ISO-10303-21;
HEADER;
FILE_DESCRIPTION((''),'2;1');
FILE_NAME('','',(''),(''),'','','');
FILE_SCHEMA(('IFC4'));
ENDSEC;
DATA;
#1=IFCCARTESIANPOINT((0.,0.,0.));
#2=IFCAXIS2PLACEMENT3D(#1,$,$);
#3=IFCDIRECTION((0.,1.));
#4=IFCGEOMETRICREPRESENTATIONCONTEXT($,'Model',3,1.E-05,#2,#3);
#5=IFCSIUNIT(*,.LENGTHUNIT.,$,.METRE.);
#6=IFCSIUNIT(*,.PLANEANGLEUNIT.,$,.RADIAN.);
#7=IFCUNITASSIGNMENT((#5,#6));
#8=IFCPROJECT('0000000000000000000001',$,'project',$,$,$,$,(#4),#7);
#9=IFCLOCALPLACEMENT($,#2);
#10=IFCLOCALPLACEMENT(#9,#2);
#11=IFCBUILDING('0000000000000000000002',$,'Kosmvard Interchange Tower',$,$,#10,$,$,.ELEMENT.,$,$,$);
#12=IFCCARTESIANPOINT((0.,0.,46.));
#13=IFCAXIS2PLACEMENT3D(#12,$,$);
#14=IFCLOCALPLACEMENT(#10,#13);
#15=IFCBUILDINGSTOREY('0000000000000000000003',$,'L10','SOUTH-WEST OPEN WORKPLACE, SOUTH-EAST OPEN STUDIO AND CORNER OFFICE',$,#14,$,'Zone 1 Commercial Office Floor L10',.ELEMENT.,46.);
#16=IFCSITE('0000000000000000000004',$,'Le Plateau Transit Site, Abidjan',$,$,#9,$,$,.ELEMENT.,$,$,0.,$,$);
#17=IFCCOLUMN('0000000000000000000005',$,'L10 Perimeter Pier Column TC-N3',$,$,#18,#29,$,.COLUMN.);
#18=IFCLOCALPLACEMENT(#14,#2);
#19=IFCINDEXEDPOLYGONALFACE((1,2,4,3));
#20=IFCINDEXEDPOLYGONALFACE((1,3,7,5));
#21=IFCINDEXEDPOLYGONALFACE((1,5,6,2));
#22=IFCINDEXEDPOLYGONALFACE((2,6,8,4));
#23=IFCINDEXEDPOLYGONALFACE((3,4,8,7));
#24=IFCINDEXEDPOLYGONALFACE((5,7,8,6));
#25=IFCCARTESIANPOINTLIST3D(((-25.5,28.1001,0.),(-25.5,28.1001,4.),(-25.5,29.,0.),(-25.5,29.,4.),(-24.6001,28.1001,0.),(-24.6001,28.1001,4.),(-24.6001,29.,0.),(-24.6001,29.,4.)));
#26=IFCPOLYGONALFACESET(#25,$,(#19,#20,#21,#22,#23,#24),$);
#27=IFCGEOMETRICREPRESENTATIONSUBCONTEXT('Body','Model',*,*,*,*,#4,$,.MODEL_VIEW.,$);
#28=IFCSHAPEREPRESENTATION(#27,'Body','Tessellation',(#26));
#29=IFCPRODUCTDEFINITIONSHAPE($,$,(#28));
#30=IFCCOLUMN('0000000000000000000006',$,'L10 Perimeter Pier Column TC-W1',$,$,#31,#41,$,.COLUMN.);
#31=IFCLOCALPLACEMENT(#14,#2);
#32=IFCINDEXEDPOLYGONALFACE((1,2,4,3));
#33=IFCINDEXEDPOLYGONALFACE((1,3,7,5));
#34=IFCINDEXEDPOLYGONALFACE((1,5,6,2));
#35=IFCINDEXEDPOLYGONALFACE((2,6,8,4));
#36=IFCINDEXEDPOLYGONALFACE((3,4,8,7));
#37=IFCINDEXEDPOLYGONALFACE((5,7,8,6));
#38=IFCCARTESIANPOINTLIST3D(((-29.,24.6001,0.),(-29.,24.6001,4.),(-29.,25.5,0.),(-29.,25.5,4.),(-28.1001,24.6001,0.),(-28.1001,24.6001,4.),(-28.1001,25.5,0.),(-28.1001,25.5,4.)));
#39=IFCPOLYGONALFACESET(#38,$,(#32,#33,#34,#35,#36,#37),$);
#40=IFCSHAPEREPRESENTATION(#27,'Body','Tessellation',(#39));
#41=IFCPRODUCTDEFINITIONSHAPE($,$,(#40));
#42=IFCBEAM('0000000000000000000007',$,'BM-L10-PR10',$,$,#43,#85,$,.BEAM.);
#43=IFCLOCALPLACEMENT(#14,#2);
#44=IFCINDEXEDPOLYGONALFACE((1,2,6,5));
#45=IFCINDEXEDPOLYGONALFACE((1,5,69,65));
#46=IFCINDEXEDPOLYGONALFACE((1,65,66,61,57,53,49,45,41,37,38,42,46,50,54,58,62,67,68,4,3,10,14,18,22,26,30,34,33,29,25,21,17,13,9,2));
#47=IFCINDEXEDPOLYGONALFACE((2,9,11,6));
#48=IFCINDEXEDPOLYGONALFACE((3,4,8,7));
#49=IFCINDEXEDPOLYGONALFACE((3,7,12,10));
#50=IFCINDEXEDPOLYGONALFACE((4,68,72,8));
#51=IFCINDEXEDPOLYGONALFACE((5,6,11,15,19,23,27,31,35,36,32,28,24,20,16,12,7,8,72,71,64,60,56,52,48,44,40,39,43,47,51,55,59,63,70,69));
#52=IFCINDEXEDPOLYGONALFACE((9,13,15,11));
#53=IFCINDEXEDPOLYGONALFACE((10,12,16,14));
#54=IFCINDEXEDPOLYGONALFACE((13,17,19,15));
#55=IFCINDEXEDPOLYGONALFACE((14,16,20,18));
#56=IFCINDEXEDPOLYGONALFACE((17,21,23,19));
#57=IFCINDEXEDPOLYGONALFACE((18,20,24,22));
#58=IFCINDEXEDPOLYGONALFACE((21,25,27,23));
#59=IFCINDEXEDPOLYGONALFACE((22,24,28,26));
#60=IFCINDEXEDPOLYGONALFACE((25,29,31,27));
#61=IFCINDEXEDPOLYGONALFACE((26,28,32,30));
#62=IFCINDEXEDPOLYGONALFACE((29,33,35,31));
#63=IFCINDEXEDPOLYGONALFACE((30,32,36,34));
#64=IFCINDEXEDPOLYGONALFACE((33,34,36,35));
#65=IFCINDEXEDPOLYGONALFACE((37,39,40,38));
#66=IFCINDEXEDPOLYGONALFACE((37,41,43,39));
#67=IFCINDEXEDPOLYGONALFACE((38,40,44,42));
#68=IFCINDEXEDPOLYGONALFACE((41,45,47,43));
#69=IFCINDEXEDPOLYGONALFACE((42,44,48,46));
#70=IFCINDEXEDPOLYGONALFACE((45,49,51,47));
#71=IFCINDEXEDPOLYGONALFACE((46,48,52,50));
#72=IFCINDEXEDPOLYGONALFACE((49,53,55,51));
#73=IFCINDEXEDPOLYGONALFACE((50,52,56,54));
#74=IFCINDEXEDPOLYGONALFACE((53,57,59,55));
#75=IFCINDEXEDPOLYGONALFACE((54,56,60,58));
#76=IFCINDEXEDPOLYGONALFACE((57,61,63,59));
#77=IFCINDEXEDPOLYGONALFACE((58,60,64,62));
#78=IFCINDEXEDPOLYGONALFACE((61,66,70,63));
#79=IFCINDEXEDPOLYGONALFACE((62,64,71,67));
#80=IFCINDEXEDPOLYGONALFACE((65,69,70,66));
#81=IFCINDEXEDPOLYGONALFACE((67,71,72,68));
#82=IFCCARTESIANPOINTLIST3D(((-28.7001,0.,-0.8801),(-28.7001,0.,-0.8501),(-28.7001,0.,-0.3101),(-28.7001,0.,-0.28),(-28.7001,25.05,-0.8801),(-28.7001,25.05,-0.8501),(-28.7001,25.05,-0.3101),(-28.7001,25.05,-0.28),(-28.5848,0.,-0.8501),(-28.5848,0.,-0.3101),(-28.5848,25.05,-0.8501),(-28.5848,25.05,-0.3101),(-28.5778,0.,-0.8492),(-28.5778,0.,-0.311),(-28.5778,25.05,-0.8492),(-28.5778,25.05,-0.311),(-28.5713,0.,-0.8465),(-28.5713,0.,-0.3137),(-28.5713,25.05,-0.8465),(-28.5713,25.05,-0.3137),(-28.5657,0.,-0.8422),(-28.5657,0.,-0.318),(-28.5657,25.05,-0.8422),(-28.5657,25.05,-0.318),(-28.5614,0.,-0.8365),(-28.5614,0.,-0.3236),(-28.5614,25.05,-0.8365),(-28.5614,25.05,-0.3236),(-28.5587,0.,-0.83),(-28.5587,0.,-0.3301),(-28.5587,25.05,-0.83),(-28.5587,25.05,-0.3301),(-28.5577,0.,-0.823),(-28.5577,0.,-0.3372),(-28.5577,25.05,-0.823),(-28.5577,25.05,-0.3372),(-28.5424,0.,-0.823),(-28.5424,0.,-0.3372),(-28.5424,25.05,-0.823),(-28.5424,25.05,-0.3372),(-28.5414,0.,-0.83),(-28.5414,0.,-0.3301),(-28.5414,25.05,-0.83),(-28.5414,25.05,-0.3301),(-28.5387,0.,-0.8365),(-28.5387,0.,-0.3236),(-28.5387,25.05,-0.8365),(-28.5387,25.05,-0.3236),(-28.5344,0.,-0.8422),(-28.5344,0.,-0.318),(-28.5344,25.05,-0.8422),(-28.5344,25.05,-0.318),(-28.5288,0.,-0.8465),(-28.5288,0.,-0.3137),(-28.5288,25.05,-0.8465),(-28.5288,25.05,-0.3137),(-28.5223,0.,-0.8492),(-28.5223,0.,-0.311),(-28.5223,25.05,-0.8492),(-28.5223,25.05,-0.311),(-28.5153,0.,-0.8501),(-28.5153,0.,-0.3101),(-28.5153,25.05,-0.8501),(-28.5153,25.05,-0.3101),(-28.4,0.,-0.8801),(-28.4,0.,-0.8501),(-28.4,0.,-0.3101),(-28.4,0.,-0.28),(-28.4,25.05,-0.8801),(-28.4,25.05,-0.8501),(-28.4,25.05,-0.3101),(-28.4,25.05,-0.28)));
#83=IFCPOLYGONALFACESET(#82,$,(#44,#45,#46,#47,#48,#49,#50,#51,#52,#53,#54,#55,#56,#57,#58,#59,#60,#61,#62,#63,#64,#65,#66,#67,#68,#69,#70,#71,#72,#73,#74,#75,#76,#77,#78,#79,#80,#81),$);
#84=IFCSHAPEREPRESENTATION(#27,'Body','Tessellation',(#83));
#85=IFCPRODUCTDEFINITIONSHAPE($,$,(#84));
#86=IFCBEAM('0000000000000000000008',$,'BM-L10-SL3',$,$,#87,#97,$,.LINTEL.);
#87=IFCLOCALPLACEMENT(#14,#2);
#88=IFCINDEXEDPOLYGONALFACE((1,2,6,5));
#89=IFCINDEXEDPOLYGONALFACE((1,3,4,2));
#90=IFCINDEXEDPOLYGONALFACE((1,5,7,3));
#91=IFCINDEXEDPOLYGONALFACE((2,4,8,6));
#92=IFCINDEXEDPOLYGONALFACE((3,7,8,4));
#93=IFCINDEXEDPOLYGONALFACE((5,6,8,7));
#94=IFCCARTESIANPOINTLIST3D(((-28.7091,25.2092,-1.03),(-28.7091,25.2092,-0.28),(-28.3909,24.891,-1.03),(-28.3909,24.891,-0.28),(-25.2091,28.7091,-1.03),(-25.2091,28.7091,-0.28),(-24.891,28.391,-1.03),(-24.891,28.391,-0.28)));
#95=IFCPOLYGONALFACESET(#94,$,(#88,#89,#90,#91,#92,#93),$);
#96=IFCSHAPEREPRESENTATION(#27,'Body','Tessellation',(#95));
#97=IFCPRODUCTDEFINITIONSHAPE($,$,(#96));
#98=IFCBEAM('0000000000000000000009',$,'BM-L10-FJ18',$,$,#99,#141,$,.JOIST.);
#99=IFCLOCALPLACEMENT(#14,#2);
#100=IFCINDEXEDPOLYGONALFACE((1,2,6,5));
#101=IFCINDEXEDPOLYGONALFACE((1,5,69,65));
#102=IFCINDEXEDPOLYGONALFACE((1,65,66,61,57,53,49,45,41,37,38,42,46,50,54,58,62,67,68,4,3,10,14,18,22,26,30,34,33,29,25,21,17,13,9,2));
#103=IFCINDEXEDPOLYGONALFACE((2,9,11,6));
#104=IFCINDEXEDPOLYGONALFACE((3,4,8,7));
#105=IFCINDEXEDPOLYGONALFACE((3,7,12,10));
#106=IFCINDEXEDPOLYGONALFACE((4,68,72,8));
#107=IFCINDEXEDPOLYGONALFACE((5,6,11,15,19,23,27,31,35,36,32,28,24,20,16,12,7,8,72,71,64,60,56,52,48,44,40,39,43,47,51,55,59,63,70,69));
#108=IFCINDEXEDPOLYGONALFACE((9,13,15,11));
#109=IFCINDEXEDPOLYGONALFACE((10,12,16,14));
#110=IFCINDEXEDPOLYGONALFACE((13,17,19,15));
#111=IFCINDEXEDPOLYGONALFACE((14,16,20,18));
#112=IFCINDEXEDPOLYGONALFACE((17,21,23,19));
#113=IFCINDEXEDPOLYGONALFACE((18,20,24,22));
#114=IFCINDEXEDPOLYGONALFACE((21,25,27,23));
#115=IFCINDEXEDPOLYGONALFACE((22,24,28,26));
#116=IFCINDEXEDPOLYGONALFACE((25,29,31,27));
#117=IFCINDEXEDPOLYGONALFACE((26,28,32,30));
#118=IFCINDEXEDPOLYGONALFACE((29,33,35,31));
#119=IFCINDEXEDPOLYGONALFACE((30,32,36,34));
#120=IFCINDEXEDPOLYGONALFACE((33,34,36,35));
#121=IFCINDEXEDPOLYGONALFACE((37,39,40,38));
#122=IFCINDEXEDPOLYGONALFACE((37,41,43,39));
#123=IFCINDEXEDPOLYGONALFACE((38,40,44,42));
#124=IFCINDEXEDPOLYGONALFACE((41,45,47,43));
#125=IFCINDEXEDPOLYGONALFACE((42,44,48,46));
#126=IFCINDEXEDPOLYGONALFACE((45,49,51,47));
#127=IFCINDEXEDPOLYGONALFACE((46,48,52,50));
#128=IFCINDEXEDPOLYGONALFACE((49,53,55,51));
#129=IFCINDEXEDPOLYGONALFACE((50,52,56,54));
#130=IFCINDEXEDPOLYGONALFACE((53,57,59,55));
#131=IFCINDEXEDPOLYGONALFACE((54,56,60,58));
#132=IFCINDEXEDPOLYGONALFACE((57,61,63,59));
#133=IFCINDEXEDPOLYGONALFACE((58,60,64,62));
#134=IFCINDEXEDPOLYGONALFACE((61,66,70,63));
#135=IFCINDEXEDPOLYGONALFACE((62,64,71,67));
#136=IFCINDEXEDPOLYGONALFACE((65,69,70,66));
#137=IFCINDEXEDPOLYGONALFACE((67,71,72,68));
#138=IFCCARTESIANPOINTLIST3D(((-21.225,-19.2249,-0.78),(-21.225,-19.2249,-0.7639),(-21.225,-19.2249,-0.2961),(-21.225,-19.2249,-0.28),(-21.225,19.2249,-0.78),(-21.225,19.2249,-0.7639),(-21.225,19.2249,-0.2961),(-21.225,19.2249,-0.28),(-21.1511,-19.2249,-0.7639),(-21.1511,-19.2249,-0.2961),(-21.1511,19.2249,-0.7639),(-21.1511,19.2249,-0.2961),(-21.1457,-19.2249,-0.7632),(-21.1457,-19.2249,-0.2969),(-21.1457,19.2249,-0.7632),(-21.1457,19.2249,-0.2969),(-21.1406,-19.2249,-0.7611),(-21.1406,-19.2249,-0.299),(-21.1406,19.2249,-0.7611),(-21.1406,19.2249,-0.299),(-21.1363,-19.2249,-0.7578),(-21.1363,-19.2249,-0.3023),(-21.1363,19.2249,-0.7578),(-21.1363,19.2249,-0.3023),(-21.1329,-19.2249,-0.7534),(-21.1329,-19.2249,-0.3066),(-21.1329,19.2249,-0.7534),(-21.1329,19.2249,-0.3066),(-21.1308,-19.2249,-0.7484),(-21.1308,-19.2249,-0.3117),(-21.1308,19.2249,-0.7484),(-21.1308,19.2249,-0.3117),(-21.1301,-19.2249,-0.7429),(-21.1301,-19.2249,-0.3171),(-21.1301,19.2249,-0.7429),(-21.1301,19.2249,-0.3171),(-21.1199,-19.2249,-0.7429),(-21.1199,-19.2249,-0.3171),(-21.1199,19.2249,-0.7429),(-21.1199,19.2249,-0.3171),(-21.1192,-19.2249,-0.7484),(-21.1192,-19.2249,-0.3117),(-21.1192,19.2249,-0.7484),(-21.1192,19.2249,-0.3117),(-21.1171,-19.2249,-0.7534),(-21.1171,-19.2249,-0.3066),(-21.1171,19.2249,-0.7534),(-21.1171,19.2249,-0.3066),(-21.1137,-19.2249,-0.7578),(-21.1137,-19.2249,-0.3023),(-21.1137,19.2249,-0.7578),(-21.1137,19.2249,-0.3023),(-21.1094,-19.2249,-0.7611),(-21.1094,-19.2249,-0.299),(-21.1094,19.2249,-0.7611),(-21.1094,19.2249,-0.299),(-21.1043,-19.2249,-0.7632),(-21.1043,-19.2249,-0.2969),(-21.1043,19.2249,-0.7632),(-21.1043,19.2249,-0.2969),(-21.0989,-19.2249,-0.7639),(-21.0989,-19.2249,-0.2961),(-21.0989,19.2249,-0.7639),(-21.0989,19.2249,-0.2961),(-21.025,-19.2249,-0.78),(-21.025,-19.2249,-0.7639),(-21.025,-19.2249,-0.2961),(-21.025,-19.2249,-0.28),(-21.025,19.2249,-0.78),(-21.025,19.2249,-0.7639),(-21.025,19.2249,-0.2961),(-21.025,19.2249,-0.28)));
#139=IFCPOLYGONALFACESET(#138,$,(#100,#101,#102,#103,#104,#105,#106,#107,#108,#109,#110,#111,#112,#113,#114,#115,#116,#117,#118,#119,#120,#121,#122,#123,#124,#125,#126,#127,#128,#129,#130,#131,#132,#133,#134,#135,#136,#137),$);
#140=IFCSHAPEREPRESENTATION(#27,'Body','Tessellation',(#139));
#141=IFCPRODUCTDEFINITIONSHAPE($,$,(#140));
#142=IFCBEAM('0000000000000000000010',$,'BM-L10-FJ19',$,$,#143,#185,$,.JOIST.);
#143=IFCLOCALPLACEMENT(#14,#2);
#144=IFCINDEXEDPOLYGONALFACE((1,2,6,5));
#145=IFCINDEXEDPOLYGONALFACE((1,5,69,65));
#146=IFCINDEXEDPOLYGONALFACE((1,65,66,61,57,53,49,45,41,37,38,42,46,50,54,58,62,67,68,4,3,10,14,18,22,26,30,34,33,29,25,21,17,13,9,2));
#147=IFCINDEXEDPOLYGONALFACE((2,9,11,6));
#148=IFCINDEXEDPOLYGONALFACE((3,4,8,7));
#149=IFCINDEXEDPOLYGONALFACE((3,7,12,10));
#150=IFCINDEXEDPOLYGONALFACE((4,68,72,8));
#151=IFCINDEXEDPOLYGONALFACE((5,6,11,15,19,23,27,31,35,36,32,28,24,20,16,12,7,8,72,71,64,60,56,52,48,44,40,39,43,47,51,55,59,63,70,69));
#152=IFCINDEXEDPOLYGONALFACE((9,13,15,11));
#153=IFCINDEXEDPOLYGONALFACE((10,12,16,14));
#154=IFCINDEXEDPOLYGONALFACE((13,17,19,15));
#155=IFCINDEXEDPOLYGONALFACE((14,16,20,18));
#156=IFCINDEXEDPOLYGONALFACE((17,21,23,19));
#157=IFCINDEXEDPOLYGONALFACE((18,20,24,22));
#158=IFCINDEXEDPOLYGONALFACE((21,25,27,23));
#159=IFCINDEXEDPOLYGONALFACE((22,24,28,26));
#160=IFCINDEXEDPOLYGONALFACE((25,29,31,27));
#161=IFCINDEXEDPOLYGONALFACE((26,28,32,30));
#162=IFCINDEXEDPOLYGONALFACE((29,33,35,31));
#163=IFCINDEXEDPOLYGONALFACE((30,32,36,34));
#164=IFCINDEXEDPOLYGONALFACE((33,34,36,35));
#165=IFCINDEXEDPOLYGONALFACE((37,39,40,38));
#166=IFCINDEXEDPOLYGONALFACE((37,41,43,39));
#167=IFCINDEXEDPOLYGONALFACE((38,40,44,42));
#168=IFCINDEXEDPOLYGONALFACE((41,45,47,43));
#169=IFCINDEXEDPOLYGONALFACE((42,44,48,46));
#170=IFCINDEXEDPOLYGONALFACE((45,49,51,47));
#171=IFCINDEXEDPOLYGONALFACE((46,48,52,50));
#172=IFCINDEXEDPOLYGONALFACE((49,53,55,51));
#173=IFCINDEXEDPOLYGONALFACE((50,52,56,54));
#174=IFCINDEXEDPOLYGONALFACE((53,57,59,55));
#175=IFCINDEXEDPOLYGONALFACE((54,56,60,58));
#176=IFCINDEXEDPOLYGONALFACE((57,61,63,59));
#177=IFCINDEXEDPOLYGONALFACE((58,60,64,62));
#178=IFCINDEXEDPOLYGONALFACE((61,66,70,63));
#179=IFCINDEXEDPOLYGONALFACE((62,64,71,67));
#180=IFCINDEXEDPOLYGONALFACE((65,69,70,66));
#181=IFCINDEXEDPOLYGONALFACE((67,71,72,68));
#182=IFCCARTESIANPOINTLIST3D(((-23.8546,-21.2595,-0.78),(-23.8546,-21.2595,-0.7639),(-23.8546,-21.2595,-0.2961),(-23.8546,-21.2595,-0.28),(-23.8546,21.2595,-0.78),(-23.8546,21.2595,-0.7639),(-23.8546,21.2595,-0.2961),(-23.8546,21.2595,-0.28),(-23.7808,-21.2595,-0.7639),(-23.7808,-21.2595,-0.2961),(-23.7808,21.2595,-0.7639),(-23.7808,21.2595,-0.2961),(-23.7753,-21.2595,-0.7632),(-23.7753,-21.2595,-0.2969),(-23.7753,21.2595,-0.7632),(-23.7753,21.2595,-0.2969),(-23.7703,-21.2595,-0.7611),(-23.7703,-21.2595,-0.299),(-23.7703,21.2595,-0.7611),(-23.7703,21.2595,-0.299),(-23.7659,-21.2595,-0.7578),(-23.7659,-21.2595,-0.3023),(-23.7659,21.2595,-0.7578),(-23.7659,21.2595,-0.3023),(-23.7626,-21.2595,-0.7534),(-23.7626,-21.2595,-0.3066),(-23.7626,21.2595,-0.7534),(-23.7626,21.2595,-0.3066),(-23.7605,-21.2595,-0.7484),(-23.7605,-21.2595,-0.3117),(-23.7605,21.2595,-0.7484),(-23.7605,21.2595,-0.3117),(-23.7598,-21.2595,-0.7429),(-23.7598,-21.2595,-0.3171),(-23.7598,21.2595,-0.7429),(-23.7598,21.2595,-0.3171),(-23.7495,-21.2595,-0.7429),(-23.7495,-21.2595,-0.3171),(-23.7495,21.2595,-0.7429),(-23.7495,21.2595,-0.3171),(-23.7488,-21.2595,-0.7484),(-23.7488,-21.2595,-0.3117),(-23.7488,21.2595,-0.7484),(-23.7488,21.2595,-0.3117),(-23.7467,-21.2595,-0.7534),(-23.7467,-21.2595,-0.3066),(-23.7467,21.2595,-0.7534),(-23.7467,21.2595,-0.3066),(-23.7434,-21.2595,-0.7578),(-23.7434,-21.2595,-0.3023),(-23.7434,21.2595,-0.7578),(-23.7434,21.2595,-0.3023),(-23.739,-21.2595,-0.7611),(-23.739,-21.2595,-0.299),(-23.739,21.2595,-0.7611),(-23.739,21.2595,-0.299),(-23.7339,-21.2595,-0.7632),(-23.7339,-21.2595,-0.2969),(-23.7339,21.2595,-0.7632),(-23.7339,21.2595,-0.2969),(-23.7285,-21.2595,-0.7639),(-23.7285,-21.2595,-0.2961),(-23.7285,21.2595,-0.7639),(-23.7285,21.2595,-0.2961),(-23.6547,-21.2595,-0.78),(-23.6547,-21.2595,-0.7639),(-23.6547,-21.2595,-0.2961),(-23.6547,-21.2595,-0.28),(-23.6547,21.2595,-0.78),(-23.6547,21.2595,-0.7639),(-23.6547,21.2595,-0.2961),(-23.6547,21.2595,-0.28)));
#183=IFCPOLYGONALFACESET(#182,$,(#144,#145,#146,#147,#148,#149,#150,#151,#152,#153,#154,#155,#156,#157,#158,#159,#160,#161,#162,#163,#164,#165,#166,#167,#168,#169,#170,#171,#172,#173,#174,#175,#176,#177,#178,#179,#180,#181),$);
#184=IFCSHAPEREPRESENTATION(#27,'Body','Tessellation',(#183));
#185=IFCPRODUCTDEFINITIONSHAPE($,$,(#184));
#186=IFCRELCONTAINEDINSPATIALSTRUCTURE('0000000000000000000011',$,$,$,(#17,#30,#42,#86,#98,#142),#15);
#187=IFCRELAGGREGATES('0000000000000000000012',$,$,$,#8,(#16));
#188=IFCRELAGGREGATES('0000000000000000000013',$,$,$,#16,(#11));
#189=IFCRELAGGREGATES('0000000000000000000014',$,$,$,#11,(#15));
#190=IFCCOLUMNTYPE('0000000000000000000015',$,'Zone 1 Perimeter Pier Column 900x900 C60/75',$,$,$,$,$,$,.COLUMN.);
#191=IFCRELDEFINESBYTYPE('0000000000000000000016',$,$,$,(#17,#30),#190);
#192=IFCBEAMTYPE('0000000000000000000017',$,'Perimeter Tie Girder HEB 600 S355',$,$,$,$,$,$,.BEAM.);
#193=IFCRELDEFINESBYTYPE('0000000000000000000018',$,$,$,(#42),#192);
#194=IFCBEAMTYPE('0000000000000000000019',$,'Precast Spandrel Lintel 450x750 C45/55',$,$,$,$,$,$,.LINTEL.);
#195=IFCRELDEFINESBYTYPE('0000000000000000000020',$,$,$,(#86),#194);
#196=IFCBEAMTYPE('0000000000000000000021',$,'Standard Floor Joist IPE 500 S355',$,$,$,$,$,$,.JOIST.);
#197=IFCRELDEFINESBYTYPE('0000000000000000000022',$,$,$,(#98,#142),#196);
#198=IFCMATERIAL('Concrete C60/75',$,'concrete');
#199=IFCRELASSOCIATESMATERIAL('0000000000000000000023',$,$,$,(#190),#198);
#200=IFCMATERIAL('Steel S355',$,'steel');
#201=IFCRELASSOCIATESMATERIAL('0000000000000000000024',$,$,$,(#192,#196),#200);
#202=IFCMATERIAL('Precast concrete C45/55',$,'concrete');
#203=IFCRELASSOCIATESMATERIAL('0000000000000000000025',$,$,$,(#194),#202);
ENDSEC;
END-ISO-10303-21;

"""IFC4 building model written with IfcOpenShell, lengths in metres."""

from ifc_helpers import new_model, si_unit, direction, frame, origin, origin_2d, place, context, subcontext, project, spatial, rectangle, i_section, extrude, source, transform, mapped, material, material_profile, profile_set, type_object, element, save


model = new_model("IFC4")

# Units and contexts
model_context = context("Model", 3, precision=1e-05, world=origin(), true_north=direction((0.0, 1.0)))
body_context = subcontext(model_context, "Body", "Model", "MODEL_VIEW")
ifc_project = project(units=[si_unit("LENGTHUNIT", "METRE"), si_unit("PLANEANGLEUNIT", "RADIAN")], contexts=[model_context])

# Site, building, storey
site_placement = place(None, origin())
site = spatial("IfcSite", under=ifc_project, at=site_placement, Name="Le Plateau Transit Site, Abidjan", CompositionType="ELEMENT", RefElevation=0.0)
building_placement = place(site_placement, origin())
building = spatial("IfcBuilding", under=site, at=building_placement, Name="Kosmvard Interchange Tower", CompositionType="ELEMENT")
storey_placement = place(building_placement, frame((0.0, 0.0, 46.0)))
storey = spatial("IfcBuildingStorey", under=building, at=storey_placement, Name="L10", Description="SOUTH-WEST OPEN WORKPLACE, SOUTH-EAST OPEN STUDIO AND CORNER OFFICE", LongName="Zone 1 Commercial Office Floor L10", CompositionType="ELEMENT", Elevation=46.0)

# Columns
ifc_material_1 = material(Name="Concrete C60/75", Category="concrete")
ifc_material_profile_1 = material_profile(ifc_material_1, rectangle(XDim=0.8999, YDim=0.8999, at=origin_2d()), Name="TC 900x900")
ifc_profile_set_1 = profile_set([ifc_material_profile_1], Name="Concrete C60/75")
column_type = type_object("IfcColumnType", Name="Zone 1 Perimeter Pier Column 900x900 C60/75", PredefinedType="COLUMN", material=ifc_profile_set_1)
shared_shape_1 = source(origin(), body_context, "Body", "SweptSolid", [
    extrude(rectangle(XDim=0.8999, YDim=0.8999, at=origin_2d()), origin(), (0.0, 0.0, 1.0), 4.0),
])
for number, where, z_axis, x_axis, name in (
    (1, (-25.05, 28.55, 0.0), (0.0, 0.0, 1.0), (1.0, 0.0, 0.0), "L10 Perimeter Pier Column TC-N3"),
    (2, (-28.55, 25.05, 0.0), (0.0, 0.0, 1.0), (1.0, 0.0, 0.0), "L10 Perimeter Pier Column TC-W1"),
):
    element("IfcColumn", number, at=place(storey_placement, frame(where, z_axis=z_axis, x_axis=x_axis)), inside=storey, type_object=column_type, Name=name, PredefinedType="COLUMN", context=body_context, shape_type="MappedRepresentation", body=[
        mapped(shared_shape_1, transform((0.0, 0.0, 0.0), scale=1.0)),
    ])

# Beams
ifc_material_2 = material(Name="Steel S355", Category="steel")
ifc_material_profile_2 = material_profile(ifc_material_2, i_section(OverallWidth=0.3, OverallDepth=0.6001, WebThickness=0.0154, FlangeThickness=0.03, FilletRadius=0.0271, at=origin_2d()), Name="HEB 600")
ifc_profile_set_2 = profile_set([ifc_material_profile_2], Name="Steel S355")
beam_type_1 = type_object("IfcBeamType", Name="Perimeter Tie Girder HEB 600 S355", PredefinedType="BEAM", material=ifc_profile_set_2)
shared_shape_2 = source(origin(), body_context, "Body", "SweptSolid", [
    extrude(i_section(OverallWidth=0.3, OverallDepth=0.6001, WebThickness=0.0154, FlangeThickness=0.03, FilletRadius=0.0271, at=origin_2d()), origin(), (0.0, 0.0, 1.0), 25.05),
])
beam_1_placement = place(storey_placement, frame((-28.55, 25.05, -0.5801), z_axis=(0.0, -1.0, 0.0), x_axis=(1.0, 0.0, 0.0)))
element("IfcBeam", 3, at=beam_1_placement, inside=storey, type_object=beam_type_1, Name="BM-L10-PR10", PredefinedType="BEAM", context=body_context, shape_type="MappedRepresentation", body=[
    mapped(shared_shape_2, transform((0.0, 0.0, 0.0), scale=1.0)),
])
ifc_material_3 = material(Name="Precast concrete C45/55", Category="concrete")
ifc_material_profile_3 = material_profile(ifc_material_3, rectangle(XDim=0.45, YDim=0.75, at=origin_2d()), Name="SL 450x750")
ifc_profile_set_3 = profile_set([ifc_material_profile_3], Name="Precast concrete C45/55")
beam_type_2 = type_object("IfcBeamType", Name="Precast Spandrel Lintel 450x750 C45/55", PredefinedType="LINTEL", material=ifc_profile_set_3)
shared_shape_3 = source(origin(), body_context, "Body", "SweptSolid", [
    extrude(rectangle(XDim=0.45, YDim=0.75, at=origin_2d()), origin(), (0.0, 0.0, 1.0), 4.9497),
])
beam_2_placement = place(storey_placement, frame((-25.05, 28.55, -0.655), z_axis=(-0.707107, -0.707107, 0.0), x_axis=(0.707107, -0.707107, 0.0)))
element("IfcBeam", 4, at=beam_2_placement, inside=storey, type_object=beam_type_2, Name="BM-L10-SL3", PredefinedType="LINTEL", context=body_context, shape_type="MappedRepresentation", body=[
    mapped(shared_shape_3, transform((0.0, 0.0, 0.0), scale=1.0)),
])
ifc_material_profile_4 = material_profile(ifc_material_2, i_section(OverallWidth=0.2, OverallDepth=0.5, WebThickness=0.0103, FlangeThickness=0.0161, FilletRadius=0.021, at=origin_2d()), Name="IPE 500")
ifc_profile_set_4 = profile_set([ifc_material_profile_4], Name="Steel S355")
beam_type_3 = type_object("IfcBeamType", Name="Standard Floor Joist IPE 500 S355", PredefinedType="JOIST", material=ifc_profile_set_4)
shared_shape_4 = source(origin(), body_context, "Body", "SweptSolid", [
    extrude(i_section(OverallWidth=0.2, OverallDepth=0.5, WebThickness=0.0103, FlangeThickness=0.0161, FilletRadius=0.021, at=origin_2d()), origin(), (0.0, 0.0, 1.0), 38.4497),
])
beam_3_placement = place(storey_placement, frame((-21.125, 19.2249, -0.53), z_axis=(0.0, -1.0, 0.0), x_axis=(1.0, 0.0, 0.0)))
element("IfcBeam", 5, at=beam_3_placement, inside=storey, type_object=beam_type_3, Name="BM-L10-FJ18", PredefinedType="JOIST", context=body_context, shape_type="MappedRepresentation", body=[
    mapped(shared_shape_4, transform((0.0, 0.0, 0.0), scale=1.0)),
])
shared_shape_5 = source(origin(), body_context, "Body", "SweptSolid", [
    extrude(i_section(OverallWidth=0.2, OverallDepth=0.5, WebThickness=0.0103, FlangeThickness=0.0161, FilletRadius=0.021, at=origin_2d()), origin(), (0.0, 0.0, 1.0), 42.519),
])
beam_4_placement = place(storey_placement, frame((-23.7546, 21.2595, -0.53), z_axis=(0.0, -1.0, 0.0), x_axis=(1.0, 0.0, 0.0)))
element("IfcBeam", 6, at=beam_4_placement, inside=storey, type_object=beam_type_3, Name="BM-L10-FJ19", PredefinedType="JOIST", context=body_context, shape_type="MappedRepresentation", body=[
    mapped(shared_shape_5, transform((0.0, 0.0, 0.0), scale=1.0)),
])

save(model, "model.ifc")
